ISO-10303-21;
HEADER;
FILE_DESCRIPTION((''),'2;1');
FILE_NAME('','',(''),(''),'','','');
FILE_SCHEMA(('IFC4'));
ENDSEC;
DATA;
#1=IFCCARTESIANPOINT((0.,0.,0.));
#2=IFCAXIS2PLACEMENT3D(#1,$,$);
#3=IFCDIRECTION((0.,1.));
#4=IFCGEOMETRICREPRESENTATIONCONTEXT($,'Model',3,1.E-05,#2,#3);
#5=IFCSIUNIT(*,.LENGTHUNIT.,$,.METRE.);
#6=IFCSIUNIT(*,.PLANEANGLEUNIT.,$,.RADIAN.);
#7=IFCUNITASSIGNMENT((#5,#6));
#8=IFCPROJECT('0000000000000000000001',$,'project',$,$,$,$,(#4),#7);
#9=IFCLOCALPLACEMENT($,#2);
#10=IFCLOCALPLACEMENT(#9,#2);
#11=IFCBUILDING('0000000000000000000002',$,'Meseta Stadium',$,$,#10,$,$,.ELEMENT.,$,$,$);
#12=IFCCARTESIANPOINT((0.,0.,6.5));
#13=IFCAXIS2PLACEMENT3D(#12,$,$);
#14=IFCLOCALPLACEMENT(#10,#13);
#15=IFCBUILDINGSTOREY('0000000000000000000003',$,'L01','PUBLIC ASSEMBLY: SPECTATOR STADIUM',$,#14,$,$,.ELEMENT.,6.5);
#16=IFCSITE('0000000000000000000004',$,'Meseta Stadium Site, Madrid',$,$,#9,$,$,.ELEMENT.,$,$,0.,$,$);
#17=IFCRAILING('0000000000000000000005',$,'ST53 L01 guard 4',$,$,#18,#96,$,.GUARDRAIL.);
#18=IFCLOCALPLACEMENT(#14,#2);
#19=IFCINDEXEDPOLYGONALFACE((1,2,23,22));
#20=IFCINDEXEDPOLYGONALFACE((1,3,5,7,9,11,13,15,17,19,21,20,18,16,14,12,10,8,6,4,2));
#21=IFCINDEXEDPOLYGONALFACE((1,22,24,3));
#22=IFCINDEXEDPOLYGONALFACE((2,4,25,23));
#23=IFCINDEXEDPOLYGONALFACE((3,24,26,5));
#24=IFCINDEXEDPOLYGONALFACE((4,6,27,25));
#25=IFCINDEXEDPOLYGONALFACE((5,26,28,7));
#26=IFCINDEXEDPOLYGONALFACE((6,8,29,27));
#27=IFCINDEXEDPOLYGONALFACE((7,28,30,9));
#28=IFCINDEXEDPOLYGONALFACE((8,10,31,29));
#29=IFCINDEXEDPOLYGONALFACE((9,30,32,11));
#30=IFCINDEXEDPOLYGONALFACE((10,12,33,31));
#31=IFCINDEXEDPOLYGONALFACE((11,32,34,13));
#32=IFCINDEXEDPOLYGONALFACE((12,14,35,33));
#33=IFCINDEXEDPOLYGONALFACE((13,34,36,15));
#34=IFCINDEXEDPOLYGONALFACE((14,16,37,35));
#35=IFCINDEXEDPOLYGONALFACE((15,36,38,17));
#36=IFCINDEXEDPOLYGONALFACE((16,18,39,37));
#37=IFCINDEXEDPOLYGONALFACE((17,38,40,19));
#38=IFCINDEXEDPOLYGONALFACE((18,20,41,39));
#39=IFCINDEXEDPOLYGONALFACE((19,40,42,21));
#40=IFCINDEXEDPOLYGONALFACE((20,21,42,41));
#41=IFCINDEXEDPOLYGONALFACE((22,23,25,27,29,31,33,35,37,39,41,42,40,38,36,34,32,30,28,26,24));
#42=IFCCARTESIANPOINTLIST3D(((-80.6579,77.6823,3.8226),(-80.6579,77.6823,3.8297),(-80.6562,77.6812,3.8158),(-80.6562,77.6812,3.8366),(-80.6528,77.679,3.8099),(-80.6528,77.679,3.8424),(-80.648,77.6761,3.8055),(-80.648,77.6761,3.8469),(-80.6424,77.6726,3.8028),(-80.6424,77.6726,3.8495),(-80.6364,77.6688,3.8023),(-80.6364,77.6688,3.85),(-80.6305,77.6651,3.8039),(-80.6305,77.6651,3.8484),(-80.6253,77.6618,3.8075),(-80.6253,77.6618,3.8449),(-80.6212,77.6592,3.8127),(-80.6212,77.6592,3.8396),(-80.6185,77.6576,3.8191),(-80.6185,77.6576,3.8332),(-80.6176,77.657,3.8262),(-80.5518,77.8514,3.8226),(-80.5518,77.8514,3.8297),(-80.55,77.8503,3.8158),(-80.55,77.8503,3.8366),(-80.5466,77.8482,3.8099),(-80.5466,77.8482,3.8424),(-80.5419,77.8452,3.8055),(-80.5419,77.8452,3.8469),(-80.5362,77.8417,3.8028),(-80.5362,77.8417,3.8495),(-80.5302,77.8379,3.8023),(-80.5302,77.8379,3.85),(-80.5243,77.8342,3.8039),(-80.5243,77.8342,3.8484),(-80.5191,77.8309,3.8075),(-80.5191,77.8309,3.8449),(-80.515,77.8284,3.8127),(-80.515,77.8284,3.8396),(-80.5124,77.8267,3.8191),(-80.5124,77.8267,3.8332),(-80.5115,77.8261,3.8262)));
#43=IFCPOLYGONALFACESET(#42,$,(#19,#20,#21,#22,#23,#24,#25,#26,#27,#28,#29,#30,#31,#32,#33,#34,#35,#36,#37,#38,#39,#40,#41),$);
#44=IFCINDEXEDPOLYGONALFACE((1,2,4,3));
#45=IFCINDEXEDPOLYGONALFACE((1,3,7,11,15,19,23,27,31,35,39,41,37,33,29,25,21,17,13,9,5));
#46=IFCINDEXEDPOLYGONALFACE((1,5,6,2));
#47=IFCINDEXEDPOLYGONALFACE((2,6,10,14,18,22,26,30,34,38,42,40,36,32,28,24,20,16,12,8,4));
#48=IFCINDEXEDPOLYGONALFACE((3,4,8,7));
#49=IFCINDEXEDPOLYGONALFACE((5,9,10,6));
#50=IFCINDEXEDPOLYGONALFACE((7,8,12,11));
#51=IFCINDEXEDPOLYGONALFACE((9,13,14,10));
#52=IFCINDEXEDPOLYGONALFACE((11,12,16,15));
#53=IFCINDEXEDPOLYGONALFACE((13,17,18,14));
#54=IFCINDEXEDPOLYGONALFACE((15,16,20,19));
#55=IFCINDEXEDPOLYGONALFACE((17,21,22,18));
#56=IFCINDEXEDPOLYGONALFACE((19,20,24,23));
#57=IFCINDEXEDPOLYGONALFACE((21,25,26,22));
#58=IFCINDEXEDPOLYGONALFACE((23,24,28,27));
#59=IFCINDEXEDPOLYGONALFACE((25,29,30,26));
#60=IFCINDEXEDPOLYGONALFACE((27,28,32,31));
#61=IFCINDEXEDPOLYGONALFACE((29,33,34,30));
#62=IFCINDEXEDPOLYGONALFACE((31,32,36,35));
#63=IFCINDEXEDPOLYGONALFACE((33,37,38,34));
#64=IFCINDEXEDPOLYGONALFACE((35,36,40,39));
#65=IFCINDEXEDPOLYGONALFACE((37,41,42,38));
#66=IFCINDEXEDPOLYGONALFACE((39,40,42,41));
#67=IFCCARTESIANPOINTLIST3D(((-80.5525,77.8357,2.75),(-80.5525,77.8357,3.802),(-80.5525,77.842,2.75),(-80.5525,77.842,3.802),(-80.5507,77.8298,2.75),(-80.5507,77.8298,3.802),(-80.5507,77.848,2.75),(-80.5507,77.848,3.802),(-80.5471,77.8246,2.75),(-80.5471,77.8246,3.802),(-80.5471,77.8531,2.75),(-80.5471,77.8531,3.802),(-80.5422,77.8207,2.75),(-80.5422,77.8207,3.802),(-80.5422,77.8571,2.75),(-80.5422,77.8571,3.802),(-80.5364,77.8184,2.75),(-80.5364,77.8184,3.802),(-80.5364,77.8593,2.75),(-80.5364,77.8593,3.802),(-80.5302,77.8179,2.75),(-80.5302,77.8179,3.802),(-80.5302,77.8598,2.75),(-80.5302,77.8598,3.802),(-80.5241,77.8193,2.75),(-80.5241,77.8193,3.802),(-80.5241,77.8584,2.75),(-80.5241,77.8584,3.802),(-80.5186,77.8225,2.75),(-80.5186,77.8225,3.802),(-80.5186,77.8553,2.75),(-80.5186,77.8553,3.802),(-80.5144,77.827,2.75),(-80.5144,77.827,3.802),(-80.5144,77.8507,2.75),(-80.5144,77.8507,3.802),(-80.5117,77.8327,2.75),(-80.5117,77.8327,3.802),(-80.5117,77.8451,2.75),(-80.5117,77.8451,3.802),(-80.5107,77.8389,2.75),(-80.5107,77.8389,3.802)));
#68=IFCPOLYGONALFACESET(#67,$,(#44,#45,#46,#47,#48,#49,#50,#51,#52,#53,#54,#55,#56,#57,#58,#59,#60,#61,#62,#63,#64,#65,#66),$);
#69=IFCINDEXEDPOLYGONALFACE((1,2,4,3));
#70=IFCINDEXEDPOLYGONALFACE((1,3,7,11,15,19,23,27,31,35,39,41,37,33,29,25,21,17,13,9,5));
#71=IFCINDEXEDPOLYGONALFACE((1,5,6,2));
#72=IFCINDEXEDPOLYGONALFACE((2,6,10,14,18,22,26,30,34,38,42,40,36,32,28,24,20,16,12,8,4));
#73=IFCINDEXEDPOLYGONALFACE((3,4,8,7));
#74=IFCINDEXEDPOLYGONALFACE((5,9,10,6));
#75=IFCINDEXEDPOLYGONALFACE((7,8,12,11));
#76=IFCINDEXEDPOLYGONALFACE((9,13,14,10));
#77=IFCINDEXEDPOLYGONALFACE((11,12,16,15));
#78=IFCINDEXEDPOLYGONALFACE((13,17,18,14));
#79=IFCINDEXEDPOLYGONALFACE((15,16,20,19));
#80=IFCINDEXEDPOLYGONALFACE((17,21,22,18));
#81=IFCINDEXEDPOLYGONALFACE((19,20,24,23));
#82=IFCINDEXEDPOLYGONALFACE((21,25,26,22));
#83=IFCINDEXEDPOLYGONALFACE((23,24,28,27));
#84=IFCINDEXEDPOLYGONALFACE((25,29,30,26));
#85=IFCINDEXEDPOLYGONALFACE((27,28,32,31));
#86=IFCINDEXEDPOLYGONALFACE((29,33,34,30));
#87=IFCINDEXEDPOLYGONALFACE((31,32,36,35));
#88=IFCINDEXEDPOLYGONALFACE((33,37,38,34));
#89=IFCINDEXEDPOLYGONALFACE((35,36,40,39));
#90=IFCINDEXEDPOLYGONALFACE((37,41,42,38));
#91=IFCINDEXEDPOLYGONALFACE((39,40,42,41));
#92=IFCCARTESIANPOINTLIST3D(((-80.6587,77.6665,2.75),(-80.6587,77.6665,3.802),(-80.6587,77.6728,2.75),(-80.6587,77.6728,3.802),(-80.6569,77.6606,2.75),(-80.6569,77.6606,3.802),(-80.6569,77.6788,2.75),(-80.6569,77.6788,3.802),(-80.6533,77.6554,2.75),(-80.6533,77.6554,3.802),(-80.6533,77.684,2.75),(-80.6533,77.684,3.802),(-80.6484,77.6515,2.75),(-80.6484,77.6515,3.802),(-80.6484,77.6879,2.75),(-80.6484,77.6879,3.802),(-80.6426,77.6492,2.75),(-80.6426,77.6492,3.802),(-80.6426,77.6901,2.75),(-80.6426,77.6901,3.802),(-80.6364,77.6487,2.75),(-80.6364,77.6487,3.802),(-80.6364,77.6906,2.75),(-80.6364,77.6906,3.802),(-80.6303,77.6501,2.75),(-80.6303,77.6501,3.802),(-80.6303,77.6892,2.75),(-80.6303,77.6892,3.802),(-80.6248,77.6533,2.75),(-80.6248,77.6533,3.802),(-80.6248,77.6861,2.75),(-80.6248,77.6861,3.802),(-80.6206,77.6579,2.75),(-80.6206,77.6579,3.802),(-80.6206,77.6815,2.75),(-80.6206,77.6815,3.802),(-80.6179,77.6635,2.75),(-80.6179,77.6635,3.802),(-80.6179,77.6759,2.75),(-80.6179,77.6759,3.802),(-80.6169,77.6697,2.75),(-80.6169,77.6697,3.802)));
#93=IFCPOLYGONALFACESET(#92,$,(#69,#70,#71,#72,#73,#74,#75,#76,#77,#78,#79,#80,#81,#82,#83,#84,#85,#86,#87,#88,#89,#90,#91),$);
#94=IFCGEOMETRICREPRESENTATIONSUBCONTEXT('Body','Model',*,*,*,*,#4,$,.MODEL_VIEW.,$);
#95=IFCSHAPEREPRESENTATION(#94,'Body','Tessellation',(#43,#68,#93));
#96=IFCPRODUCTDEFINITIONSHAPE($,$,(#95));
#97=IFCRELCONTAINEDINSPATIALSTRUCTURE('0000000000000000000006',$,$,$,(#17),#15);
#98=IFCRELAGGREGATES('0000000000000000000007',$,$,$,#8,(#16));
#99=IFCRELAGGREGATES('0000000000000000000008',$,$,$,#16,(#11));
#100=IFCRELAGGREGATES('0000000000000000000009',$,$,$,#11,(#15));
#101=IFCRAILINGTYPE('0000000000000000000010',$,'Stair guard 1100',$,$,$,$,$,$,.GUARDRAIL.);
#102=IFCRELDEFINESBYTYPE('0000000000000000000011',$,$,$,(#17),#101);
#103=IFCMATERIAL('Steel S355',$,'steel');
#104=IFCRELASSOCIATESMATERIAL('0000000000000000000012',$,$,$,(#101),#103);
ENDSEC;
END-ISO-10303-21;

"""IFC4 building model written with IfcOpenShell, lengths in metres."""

from ifc_helpers import new_model, si_unit, direction, frame, origin, origin_2d, place, context, subcontext, project, spatial, circle, extrude, material, type_object, element, save


model = new_model("IFC4")

# Units and contexts
model_context = context("Model", 3, precision=1e-05, world=origin(), true_north=direction((0.0, 1.0)))
body_context = subcontext(model_context, "Body", "Model", "MODEL_VIEW")
ifc_project = project(units=[si_unit("LENGTHUNIT", "METRE"), si_unit("PLANEANGLEUNIT", "RADIAN")], contexts=[model_context])

# Site, building, storey
site_placement = place(None, origin())
site = spatial("IfcSite", under=ifc_project, at=site_placement, Name="Meseta Stadium Site, Madrid", CompositionType="ELEMENT", RefElevation=0.0)
building_placement = place(site_placement, origin())
building = spatial("IfcBuilding", under=site, at=building_placement, Name="Meseta Stadium", CompositionType="ELEMENT")
storey_placement = place(building_placement, frame((0.0, 0.0, 6.5)))
storey = spatial("IfcBuildingStorey", under=building, at=storey_placement, Name="L01", Description="PUBLIC ASSEMBLY: SPECTATOR STADIUM", CompositionType="ELEMENT", Elevation=6.5)

# Railing
ifc_material_1 = material(Name="Steel S355", Category="steel")
railing_type_1 = type_object("IfcRailingType", Name="Stair guard 1100", PredefinedType="GUARDRAIL", material=ifc_material_1)
railing_1_placement = place(storey_placement, frame((-80.5317, 77.8389, 2.75)))
element("IfcRailing", 1, at=railing_1_placement, inside=storey, type_object=railing_type_1, Name="ST53 L01 guard 4", PredefinedType="GUARDRAIL", context=body_context, shape_type="SweptSolid", body=[
    extrude(circle(Radius=0.0239, at=origin_2d()), frame((0.0, 0.0, 1.0762), z_axis=(-0.531646, -0.846967, 0.0), x_axis=(0.846967, -0.531646, 0.0)), (0.0, 0.0, 1.0), 0.1997),
    extrude(circle(Radius=0.021, at=origin_2d()), origin(), (0.0, 0.0, 1.0), 1.052),
    extrude(circle(Radius=0.021, at=origin_2d()), frame((-0.1062, -0.1692, 0.0)), (0.0, 0.0, 1.0), 1.052),
])

save(model, "model.ifc")
